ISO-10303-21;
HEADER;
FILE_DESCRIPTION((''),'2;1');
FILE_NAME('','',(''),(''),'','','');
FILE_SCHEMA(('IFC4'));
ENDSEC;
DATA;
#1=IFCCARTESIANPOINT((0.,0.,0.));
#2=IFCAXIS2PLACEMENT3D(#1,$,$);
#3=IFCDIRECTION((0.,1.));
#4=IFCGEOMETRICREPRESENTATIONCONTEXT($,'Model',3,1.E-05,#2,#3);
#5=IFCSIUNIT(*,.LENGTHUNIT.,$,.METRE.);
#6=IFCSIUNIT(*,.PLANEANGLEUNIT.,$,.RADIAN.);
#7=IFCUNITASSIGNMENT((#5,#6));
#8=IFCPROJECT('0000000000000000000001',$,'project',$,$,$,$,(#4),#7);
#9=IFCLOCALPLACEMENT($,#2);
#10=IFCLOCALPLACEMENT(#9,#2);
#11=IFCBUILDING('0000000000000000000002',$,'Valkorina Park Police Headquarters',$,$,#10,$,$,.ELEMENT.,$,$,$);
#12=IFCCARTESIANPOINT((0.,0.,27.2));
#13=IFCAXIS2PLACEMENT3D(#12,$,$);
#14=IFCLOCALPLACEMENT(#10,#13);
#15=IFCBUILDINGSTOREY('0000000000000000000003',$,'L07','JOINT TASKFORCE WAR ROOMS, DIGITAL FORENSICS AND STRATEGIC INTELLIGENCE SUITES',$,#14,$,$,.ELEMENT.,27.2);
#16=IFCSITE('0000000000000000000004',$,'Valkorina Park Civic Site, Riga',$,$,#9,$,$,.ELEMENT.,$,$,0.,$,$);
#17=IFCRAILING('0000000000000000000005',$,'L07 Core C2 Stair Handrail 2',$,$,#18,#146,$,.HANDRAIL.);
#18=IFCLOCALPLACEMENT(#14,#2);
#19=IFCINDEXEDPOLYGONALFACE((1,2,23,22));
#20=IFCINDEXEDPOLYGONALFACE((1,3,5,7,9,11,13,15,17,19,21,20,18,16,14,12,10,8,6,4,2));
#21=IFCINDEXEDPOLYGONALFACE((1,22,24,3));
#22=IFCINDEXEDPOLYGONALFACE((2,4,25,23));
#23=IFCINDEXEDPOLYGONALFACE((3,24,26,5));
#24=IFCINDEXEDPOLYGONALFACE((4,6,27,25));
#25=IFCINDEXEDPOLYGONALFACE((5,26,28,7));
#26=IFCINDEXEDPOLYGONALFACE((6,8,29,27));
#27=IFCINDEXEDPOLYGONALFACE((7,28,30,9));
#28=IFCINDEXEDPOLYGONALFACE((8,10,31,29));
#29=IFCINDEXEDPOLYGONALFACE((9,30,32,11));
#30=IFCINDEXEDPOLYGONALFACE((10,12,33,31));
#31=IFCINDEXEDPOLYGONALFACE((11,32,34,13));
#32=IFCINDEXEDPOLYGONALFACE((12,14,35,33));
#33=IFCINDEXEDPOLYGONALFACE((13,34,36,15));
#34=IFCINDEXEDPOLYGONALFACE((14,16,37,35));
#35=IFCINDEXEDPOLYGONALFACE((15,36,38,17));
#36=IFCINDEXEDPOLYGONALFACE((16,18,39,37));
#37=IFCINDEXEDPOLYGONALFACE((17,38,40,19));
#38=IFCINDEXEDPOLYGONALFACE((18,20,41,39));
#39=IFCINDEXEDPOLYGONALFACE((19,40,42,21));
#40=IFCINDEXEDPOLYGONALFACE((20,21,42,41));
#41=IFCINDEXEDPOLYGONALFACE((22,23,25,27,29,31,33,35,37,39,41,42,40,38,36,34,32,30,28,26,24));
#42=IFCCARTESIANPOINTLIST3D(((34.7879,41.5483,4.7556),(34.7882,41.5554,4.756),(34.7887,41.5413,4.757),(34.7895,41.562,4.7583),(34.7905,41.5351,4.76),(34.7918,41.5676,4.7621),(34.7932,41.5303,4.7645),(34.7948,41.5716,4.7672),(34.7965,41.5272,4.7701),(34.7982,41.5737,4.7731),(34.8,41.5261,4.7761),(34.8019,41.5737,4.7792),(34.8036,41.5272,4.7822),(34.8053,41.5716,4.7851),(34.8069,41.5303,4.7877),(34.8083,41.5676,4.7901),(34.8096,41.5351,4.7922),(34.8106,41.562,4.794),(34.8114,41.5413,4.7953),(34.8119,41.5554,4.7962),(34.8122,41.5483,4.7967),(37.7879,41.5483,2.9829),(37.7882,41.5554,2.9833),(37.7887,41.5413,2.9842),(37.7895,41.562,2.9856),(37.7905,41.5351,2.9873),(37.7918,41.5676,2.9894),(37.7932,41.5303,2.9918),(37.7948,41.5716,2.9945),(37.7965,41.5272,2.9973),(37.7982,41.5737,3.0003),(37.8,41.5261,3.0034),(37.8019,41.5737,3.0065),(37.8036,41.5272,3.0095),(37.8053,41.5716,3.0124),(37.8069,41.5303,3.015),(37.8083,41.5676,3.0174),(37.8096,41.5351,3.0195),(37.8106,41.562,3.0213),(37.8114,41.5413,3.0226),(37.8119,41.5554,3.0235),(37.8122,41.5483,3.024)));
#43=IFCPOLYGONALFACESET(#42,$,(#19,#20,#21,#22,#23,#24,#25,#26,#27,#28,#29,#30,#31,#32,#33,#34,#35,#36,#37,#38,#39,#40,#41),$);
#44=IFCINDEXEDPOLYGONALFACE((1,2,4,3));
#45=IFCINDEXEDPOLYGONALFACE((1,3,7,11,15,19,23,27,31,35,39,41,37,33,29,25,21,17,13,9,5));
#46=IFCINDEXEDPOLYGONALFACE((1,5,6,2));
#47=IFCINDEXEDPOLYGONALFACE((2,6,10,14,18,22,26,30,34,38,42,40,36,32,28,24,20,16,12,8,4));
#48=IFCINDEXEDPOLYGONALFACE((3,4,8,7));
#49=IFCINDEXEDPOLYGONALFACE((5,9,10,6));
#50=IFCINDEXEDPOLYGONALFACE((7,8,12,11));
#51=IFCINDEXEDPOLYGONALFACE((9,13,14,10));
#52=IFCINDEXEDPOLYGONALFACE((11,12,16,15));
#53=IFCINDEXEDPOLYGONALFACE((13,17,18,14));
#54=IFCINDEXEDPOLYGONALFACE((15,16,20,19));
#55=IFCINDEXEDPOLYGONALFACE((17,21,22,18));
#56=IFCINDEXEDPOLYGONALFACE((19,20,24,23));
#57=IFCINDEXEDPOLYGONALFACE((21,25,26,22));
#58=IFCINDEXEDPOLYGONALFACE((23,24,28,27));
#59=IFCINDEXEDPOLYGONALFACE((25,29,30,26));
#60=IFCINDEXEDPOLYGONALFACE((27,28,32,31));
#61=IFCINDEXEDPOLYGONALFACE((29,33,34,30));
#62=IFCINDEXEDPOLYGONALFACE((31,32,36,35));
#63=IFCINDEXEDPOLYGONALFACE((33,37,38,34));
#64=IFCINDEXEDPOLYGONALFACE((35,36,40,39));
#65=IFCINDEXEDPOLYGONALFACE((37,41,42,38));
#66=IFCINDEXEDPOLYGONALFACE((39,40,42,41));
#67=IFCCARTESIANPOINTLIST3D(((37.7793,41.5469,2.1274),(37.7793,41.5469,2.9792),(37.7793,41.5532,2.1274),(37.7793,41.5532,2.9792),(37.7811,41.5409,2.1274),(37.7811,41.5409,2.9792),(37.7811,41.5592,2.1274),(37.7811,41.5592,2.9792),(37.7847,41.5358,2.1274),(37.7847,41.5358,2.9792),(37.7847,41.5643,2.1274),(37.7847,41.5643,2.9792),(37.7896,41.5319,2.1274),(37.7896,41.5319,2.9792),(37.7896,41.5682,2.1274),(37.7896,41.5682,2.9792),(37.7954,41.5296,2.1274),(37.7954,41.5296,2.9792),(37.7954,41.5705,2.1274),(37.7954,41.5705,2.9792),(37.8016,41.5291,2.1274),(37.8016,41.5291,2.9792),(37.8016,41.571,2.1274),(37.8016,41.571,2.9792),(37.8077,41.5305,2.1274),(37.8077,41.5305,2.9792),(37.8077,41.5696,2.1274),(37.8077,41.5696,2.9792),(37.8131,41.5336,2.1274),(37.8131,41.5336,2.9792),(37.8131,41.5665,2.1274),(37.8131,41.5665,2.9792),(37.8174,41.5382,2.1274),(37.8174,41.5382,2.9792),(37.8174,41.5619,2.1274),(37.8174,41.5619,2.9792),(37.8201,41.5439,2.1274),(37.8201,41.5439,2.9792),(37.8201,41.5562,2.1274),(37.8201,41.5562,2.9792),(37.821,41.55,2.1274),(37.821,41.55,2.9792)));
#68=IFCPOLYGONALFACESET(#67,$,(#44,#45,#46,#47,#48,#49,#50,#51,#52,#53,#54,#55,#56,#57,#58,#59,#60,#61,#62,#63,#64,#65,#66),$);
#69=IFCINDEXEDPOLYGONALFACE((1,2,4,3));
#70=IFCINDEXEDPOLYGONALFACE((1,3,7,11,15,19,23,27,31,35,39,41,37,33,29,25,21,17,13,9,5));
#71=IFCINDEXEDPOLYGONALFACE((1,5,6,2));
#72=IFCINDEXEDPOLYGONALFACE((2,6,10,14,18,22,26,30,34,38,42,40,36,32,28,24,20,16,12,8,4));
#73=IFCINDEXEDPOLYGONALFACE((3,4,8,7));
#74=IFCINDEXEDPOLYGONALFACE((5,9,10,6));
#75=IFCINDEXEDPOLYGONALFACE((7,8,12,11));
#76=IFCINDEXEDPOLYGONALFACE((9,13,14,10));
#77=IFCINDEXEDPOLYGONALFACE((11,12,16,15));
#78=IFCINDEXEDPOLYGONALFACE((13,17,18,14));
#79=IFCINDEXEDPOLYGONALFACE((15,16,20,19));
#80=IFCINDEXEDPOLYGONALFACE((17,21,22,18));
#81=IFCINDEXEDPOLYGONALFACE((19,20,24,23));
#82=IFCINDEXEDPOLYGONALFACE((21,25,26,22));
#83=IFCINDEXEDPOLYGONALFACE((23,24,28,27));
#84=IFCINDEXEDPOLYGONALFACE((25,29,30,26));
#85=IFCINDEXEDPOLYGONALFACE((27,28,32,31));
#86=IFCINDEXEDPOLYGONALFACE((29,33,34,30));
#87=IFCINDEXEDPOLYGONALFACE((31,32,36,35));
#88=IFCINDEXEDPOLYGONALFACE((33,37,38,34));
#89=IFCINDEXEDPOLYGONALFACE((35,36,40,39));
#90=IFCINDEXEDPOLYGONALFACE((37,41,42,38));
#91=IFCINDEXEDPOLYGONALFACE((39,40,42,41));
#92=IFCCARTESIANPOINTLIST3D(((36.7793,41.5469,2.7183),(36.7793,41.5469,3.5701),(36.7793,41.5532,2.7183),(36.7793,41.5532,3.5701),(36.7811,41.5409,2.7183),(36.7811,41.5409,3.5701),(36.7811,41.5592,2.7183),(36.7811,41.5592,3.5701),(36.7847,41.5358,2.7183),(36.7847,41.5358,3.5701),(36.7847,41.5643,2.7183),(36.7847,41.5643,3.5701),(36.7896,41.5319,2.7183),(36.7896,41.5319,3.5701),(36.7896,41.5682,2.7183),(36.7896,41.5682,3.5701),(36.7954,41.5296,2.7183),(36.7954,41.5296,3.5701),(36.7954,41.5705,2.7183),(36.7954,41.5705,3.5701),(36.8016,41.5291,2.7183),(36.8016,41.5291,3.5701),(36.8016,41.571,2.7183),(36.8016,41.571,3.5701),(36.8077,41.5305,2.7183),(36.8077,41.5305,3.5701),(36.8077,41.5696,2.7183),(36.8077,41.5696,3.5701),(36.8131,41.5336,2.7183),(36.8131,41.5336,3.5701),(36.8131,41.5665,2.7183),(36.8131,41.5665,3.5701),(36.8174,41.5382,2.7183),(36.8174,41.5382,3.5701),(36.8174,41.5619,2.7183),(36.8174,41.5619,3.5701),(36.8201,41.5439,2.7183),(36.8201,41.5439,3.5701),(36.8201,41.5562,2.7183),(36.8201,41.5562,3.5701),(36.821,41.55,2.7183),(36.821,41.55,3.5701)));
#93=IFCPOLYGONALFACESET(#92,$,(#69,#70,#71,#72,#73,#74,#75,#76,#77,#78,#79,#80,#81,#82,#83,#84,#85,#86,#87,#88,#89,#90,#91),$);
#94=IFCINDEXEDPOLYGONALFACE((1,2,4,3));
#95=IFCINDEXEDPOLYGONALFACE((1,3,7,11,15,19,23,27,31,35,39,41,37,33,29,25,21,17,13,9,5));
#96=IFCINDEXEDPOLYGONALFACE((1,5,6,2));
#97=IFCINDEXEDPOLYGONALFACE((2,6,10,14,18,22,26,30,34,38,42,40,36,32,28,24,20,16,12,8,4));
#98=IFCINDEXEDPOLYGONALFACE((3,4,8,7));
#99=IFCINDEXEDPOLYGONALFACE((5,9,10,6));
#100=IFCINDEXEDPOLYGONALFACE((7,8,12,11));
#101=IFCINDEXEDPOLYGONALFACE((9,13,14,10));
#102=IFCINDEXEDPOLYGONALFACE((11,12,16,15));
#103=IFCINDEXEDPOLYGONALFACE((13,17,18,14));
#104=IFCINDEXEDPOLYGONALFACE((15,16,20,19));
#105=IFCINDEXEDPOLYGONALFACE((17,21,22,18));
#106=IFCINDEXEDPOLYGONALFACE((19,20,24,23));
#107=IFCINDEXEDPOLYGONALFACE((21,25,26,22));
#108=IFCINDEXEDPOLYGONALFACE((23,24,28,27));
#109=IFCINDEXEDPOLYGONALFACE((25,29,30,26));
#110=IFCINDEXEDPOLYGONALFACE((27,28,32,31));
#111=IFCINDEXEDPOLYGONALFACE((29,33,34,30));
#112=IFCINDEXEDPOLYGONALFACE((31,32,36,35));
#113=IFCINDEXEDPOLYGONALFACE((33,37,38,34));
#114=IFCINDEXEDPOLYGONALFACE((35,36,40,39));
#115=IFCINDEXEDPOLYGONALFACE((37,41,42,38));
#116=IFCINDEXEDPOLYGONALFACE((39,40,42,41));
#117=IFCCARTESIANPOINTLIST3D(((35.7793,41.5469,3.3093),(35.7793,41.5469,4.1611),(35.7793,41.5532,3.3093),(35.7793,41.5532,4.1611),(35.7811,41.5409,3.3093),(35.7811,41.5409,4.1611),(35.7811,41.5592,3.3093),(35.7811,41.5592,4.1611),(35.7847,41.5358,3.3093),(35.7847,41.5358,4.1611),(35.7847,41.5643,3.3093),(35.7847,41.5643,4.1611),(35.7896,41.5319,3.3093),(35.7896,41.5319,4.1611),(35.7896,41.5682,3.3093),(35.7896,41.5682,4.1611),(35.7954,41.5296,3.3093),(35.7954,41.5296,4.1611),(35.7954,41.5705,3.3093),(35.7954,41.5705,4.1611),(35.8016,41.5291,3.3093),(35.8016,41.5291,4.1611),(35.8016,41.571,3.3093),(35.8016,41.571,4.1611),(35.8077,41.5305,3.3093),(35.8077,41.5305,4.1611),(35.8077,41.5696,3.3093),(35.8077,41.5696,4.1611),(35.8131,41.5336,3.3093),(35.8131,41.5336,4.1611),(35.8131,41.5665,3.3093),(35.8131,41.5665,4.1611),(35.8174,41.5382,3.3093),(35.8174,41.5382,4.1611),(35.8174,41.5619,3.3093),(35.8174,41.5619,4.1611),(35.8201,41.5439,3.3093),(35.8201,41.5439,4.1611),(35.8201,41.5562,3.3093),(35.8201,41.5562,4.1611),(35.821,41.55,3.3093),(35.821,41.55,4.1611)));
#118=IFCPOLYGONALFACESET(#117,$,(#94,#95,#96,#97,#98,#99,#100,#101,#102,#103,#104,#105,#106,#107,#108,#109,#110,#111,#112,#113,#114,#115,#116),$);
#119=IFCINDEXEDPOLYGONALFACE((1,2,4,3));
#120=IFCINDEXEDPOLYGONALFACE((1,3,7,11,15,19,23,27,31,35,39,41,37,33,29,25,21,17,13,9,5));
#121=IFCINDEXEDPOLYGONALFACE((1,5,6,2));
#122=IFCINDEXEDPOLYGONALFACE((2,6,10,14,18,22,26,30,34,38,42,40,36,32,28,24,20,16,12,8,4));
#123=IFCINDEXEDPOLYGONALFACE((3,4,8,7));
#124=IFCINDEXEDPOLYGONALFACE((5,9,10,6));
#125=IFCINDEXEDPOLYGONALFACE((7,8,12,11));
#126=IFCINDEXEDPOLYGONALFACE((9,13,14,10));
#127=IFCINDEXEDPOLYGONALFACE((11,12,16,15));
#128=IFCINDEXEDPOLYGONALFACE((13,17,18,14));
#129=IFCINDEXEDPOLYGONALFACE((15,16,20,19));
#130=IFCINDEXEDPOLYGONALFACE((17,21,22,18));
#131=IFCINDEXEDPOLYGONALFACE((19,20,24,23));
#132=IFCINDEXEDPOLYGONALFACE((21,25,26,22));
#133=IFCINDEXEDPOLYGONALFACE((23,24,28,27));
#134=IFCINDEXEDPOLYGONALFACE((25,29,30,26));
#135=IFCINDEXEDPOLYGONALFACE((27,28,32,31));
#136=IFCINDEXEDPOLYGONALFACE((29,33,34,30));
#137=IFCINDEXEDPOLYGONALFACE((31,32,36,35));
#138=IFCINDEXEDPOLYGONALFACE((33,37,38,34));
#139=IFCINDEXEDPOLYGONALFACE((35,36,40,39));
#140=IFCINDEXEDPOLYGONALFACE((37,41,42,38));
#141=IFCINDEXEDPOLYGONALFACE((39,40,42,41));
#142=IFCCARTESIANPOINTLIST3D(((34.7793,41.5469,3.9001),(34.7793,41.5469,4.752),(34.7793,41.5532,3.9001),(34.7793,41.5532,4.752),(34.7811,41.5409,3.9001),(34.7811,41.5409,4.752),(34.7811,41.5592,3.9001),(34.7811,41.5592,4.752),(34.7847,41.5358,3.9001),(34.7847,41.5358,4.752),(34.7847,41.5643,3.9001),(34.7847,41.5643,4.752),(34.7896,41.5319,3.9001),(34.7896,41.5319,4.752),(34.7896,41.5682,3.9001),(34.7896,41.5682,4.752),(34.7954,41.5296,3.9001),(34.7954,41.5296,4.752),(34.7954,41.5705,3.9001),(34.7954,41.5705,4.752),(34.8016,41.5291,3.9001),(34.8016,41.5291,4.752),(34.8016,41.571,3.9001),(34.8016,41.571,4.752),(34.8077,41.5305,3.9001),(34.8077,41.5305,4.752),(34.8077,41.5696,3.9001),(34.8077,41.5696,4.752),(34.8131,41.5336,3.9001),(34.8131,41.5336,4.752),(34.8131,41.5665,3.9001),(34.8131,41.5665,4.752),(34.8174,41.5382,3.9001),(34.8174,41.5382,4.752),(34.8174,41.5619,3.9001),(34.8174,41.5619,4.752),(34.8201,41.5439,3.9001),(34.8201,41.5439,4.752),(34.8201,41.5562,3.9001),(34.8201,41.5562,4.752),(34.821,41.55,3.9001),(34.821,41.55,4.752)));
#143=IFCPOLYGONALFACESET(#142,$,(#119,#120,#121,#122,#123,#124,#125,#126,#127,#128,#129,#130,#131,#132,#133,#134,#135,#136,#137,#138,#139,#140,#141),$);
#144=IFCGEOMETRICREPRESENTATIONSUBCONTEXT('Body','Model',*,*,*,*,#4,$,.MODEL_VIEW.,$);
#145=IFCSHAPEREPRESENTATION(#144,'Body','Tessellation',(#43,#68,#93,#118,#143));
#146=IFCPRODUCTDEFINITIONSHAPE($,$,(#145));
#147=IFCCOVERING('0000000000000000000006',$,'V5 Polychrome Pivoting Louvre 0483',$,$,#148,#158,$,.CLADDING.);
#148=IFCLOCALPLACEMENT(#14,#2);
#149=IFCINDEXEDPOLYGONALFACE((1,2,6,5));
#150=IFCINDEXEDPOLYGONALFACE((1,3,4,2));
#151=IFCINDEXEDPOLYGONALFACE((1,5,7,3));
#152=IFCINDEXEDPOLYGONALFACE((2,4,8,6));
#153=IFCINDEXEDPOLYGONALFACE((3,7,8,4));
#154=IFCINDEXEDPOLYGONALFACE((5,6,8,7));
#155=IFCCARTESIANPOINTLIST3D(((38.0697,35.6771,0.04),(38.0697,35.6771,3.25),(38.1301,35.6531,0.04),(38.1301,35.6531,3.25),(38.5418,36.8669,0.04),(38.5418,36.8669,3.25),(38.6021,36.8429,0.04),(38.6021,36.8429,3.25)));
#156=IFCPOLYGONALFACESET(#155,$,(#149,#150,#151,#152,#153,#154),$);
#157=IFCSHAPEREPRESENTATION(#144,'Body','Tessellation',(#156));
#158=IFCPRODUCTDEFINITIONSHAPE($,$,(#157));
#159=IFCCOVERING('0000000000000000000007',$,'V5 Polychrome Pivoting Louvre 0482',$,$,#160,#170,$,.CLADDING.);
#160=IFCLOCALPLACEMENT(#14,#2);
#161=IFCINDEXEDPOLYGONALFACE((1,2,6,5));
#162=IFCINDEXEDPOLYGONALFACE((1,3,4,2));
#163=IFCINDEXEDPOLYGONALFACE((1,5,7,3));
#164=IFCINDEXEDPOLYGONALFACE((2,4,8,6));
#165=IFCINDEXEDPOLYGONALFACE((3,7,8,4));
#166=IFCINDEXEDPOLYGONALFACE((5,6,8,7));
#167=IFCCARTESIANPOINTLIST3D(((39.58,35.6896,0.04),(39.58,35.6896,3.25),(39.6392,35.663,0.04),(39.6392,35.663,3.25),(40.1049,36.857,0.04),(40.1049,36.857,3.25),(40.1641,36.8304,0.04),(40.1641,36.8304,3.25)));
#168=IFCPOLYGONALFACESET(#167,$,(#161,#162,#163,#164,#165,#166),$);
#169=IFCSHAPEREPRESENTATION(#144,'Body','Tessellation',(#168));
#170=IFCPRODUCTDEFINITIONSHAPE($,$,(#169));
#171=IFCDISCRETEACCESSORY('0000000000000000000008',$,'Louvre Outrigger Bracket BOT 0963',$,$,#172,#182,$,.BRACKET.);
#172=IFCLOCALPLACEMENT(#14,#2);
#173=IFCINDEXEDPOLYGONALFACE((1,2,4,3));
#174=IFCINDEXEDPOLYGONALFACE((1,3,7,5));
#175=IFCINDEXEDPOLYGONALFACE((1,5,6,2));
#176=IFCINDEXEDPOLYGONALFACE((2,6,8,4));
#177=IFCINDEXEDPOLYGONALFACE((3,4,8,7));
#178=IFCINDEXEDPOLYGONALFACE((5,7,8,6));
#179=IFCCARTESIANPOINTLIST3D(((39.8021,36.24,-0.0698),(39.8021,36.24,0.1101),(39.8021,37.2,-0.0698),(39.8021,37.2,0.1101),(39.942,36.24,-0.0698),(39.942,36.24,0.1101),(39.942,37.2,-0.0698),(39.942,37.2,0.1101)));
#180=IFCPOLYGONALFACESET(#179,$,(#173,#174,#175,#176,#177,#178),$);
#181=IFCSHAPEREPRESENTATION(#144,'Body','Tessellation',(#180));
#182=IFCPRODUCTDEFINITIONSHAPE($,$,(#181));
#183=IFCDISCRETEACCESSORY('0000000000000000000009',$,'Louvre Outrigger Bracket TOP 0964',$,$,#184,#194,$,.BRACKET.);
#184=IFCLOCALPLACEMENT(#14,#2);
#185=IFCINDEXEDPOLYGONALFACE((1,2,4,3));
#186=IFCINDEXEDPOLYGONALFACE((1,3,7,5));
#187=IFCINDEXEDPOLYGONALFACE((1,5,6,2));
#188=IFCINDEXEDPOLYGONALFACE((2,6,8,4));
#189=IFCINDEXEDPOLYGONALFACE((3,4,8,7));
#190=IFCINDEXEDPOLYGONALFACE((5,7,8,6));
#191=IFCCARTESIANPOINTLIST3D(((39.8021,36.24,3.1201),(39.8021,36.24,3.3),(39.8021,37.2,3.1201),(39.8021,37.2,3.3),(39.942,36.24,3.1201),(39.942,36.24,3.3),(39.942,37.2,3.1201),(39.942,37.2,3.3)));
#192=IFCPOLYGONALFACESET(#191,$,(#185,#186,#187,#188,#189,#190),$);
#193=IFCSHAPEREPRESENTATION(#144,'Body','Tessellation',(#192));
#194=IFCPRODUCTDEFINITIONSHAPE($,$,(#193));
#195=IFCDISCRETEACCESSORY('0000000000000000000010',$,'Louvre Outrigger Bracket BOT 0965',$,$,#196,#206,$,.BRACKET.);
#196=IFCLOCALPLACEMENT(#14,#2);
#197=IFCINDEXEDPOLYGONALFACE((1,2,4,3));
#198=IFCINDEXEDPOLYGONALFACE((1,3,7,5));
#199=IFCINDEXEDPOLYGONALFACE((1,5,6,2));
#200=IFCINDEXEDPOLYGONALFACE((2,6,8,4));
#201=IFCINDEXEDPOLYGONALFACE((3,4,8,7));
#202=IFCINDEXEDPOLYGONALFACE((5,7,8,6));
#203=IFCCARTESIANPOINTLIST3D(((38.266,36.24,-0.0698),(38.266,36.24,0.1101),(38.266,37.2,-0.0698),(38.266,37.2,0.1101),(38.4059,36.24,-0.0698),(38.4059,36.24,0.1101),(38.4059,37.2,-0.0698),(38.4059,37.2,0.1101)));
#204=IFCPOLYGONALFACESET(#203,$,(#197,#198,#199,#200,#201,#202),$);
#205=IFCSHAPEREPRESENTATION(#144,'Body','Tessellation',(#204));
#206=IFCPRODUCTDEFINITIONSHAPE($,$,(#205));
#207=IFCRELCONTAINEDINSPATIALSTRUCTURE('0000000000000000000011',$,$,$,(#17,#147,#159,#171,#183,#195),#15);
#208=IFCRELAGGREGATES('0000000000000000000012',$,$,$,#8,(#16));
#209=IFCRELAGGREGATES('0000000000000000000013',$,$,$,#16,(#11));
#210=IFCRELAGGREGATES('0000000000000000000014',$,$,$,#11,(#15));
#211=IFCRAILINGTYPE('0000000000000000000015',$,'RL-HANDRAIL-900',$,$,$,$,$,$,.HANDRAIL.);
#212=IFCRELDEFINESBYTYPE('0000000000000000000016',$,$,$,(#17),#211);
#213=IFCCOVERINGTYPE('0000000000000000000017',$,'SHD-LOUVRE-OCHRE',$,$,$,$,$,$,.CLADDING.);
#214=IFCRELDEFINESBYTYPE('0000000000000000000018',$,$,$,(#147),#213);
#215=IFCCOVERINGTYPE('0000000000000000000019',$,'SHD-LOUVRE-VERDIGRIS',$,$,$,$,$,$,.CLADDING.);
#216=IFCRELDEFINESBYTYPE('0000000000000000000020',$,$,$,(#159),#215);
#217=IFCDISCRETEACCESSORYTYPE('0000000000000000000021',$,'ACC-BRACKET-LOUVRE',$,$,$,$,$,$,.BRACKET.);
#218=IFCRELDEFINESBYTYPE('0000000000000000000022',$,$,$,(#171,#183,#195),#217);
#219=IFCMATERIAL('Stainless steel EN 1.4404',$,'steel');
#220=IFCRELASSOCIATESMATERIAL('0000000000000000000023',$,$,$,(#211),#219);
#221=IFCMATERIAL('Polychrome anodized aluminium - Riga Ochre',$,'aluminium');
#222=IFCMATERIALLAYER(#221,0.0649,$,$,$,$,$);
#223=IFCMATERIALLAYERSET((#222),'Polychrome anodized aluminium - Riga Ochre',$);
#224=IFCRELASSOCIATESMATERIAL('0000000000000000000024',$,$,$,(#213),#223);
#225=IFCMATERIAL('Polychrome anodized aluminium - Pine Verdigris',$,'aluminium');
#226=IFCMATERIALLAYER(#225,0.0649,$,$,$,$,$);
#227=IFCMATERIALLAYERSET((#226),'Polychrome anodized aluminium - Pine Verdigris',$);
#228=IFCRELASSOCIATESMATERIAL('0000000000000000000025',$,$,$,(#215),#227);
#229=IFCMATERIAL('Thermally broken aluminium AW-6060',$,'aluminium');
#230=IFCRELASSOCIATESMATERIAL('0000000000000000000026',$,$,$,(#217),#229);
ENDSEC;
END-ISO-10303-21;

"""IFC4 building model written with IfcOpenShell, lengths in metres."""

from ifc_helpers import new_model, si_unit, direction, frame, origin, origin_2d, place, context, subcontext, project, spatial, rectangle, circle, extrude, material, layer, layer_set, type_object, element, save


model = new_model("IFC4")

# Units and contexts
model_context = context("Model", 3, precision=1e-05, world=origin(), true_north=direction((0.0, 1.0)))
body_context = subcontext(model_context, "Body", "Model", "MODEL_VIEW")
ifc_project = project(units=[si_unit("LENGTHUNIT", "METRE"), si_unit("PLANEANGLEUNIT", "RADIAN")], contexts=[model_context])

# Site, building, storey
site_placement = place(None, origin())
site = spatial("IfcSite", under=ifc_project, at=site_placement, Name="Valkorina Park Civic Site, Riga", CompositionType="ELEMENT", RefElevation=0.0)
building_placement = place(site_placement, origin())
building = spatial("IfcBuilding", under=site, at=building_placement, Name="Valkorina Park Police Headquarters", CompositionType="ELEMENT")
storey_placement = place(building_placement, frame((0.0, 0.0, 27.2)))
storey = spatial("IfcBuildingStorey", under=building, at=storey_placement, Name="L07", Description="JOINT TASKFORCE WAR ROOMS, DIGITAL FORENSICS AND STRATEGIC INTELLIGENCE SUITES", CompositionType="ELEMENT", Elevation=27.2)

# Shared definitions
ifc_material_1 = material(Name="Thermally broken aluminium AW-6060", Category="aluminium")

# Railing
ifc_material_2 = material(Name="Stainless steel EN 1.4404", Category="steel")
railing_type_1 = type_object("IfcRailingType", Name="RL-HANDRAIL-900", PredefinedType="HANDRAIL", material=ifc_material_2)
railing_1_placement = place(storey_placement, frame((37.8, 41.55, 2.1274)))
element("IfcRailing", 1, at=railing_1_placement, inside=storey, type_object=railing_type_1, Name="L07 Core C2 Stair Handrail 2", PredefinedType="HANDRAIL", context=body_context, shape_type="SweptSolid", body=[
    extrude(circle(Radius=0.0239, at=origin_2d()), frame((0.0, 0.0, 0.876), z_axis=(-0.860929, 0.0, 0.508725), x_axis=(0.0, -1.0, 0.0)), (0.0, 0.0, 1.0), 3.4846),
    extrude(circle(Radius=0.021, at=origin_2d()), origin(), (0.0, 0.0, 1.0), 0.8518),
    extrude(circle(Radius=0.021, at=origin_2d()), frame((-1.0, 0.0, 0.5908)), (0.0, 0.0, 1.0), 0.8518),
    extrude(circle(Radius=0.021, at=origin_2d()), frame((-2.0, 0.0, 1.1819)), (0.0, 0.0, 1.0), 0.8518),
    extrude(circle(Radius=0.021, at=origin_2d()), frame((-3.0, 0.0, 1.7727)), (0.0, 0.0, 1.0), 0.8518),
])

# Coverings
ifc_material_3 = material(Name="Polychrome anodized aluminium - Riga Ochre", Category="aluminium")
ifc_layer_1 = layer(ifc_material_3, 0.0649)
ifc_layer_set_1 = layer_set([ifc_layer_1], Name="Polychrome anodized aluminium - Riga Ochre")
covering_type_1 = type_object("IfcCoveringType", Name="SHD-LOUVRE-OCHRE", PredefinedType="CLADDING", material=ifc_layer_set_1)
covering_1_placement = place(storey_placement, frame((38.3359, 36.26, 0.04), z_axis=(0.0, 0.0, 1.0), x_axis=(-0.368774, -0.929519, 0.0)))
element("IfcCovering", 2, at=covering_1_placement, inside=storey, type_object=covering_type_1, Name="V5 Polychrome Pivoting Louvre 0483", PredefinedType="CLADDING", context=body_context, shape_type="SweptSolid", body=[
    extrude(rectangle(XDim=1.28, YDim=0.0649, at=origin_2d()), origin(), (0.0, 0.0, 1.0), 3.21),
])
ifc_material_4 = material(Name="Polychrome anodized aluminium - Pine Verdigris", Category="aluminium")
ifc_layer_2 = layer(ifc_material_4, 0.0649)
ifc_layer_set_2 = layer_set([ifc_layer_2], Name="Polychrome anodized aluminium - Pine Verdigris")
covering_type_2 = type_object("IfcCoveringType", Name="SHD-LOUVRE-VERDIGRIS", PredefinedType="CLADDING", material=ifc_layer_set_2)
covering_2_placement = place(storey_placement, frame((39.8721, 36.26, 0.04), z_axis=(0.0, 0.0, 1.0), x_axis=(-0.410082, -0.912049, 0.0)))
element("IfcCovering", 3, at=covering_2_placement, inside=storey, type_object=covering_type_2, Name="V5 Polychrome Pivoting Louvre 0482", PredefinedType="CLADDING", context=body_context, shape_type="SweptSolid", body=[
    extrude(rectangle(XDim=1.28, YDim=0.0649, at=origin_2d()), origin(), (0.0, 0.0, 1.0), 3.21),
])

# Discrete accessories
discrete_accessory_type = type_object("IfcDiscreteAccessoryType", Name="ACC-BRACKET-LOUVRE", PredefinedType="BRACKET", material=ifc_material_1)
for number, where, z_axis, x_axis, name in (
    (4, (39.8721, 36.72, -0.0698), (0.0, 0.0, 1.0), (0.0, -1.0, 0.0), "Louvre Outrigger Bracket BOT 0963"),
    (5, (39.8721, 36.72, 3.1201), (0.0, 0.0, 1.0), (0.0, -1.0, 0.0), "Louvre Outrigger Bracket TOP 0964"),
    (6, (38.3359, 36.72, -0.0698), (0.0, 0.0, 1.0), (0.0, -1.0, 0.0), "Louvre Outrigger Bracket BOT 0965"),
):
    element("IfcDiscreteAccessory", number, at=place(storey_placement, frame(where, z_axis=z_axis, x_axis=x_axis)), inside=storey, type_object=discrete_accessory_type, Name=name, PredefinedType="BRACKET", context=body_context, shape_type="SweptSolid", body=[
        extrude(rectangle(XDim=0.96, YDim=0.1399, at=origin_2d()), origin(), (0.0, 0.0, 1.0), 0.1799),
    ])

save(model, "model.ifc")
